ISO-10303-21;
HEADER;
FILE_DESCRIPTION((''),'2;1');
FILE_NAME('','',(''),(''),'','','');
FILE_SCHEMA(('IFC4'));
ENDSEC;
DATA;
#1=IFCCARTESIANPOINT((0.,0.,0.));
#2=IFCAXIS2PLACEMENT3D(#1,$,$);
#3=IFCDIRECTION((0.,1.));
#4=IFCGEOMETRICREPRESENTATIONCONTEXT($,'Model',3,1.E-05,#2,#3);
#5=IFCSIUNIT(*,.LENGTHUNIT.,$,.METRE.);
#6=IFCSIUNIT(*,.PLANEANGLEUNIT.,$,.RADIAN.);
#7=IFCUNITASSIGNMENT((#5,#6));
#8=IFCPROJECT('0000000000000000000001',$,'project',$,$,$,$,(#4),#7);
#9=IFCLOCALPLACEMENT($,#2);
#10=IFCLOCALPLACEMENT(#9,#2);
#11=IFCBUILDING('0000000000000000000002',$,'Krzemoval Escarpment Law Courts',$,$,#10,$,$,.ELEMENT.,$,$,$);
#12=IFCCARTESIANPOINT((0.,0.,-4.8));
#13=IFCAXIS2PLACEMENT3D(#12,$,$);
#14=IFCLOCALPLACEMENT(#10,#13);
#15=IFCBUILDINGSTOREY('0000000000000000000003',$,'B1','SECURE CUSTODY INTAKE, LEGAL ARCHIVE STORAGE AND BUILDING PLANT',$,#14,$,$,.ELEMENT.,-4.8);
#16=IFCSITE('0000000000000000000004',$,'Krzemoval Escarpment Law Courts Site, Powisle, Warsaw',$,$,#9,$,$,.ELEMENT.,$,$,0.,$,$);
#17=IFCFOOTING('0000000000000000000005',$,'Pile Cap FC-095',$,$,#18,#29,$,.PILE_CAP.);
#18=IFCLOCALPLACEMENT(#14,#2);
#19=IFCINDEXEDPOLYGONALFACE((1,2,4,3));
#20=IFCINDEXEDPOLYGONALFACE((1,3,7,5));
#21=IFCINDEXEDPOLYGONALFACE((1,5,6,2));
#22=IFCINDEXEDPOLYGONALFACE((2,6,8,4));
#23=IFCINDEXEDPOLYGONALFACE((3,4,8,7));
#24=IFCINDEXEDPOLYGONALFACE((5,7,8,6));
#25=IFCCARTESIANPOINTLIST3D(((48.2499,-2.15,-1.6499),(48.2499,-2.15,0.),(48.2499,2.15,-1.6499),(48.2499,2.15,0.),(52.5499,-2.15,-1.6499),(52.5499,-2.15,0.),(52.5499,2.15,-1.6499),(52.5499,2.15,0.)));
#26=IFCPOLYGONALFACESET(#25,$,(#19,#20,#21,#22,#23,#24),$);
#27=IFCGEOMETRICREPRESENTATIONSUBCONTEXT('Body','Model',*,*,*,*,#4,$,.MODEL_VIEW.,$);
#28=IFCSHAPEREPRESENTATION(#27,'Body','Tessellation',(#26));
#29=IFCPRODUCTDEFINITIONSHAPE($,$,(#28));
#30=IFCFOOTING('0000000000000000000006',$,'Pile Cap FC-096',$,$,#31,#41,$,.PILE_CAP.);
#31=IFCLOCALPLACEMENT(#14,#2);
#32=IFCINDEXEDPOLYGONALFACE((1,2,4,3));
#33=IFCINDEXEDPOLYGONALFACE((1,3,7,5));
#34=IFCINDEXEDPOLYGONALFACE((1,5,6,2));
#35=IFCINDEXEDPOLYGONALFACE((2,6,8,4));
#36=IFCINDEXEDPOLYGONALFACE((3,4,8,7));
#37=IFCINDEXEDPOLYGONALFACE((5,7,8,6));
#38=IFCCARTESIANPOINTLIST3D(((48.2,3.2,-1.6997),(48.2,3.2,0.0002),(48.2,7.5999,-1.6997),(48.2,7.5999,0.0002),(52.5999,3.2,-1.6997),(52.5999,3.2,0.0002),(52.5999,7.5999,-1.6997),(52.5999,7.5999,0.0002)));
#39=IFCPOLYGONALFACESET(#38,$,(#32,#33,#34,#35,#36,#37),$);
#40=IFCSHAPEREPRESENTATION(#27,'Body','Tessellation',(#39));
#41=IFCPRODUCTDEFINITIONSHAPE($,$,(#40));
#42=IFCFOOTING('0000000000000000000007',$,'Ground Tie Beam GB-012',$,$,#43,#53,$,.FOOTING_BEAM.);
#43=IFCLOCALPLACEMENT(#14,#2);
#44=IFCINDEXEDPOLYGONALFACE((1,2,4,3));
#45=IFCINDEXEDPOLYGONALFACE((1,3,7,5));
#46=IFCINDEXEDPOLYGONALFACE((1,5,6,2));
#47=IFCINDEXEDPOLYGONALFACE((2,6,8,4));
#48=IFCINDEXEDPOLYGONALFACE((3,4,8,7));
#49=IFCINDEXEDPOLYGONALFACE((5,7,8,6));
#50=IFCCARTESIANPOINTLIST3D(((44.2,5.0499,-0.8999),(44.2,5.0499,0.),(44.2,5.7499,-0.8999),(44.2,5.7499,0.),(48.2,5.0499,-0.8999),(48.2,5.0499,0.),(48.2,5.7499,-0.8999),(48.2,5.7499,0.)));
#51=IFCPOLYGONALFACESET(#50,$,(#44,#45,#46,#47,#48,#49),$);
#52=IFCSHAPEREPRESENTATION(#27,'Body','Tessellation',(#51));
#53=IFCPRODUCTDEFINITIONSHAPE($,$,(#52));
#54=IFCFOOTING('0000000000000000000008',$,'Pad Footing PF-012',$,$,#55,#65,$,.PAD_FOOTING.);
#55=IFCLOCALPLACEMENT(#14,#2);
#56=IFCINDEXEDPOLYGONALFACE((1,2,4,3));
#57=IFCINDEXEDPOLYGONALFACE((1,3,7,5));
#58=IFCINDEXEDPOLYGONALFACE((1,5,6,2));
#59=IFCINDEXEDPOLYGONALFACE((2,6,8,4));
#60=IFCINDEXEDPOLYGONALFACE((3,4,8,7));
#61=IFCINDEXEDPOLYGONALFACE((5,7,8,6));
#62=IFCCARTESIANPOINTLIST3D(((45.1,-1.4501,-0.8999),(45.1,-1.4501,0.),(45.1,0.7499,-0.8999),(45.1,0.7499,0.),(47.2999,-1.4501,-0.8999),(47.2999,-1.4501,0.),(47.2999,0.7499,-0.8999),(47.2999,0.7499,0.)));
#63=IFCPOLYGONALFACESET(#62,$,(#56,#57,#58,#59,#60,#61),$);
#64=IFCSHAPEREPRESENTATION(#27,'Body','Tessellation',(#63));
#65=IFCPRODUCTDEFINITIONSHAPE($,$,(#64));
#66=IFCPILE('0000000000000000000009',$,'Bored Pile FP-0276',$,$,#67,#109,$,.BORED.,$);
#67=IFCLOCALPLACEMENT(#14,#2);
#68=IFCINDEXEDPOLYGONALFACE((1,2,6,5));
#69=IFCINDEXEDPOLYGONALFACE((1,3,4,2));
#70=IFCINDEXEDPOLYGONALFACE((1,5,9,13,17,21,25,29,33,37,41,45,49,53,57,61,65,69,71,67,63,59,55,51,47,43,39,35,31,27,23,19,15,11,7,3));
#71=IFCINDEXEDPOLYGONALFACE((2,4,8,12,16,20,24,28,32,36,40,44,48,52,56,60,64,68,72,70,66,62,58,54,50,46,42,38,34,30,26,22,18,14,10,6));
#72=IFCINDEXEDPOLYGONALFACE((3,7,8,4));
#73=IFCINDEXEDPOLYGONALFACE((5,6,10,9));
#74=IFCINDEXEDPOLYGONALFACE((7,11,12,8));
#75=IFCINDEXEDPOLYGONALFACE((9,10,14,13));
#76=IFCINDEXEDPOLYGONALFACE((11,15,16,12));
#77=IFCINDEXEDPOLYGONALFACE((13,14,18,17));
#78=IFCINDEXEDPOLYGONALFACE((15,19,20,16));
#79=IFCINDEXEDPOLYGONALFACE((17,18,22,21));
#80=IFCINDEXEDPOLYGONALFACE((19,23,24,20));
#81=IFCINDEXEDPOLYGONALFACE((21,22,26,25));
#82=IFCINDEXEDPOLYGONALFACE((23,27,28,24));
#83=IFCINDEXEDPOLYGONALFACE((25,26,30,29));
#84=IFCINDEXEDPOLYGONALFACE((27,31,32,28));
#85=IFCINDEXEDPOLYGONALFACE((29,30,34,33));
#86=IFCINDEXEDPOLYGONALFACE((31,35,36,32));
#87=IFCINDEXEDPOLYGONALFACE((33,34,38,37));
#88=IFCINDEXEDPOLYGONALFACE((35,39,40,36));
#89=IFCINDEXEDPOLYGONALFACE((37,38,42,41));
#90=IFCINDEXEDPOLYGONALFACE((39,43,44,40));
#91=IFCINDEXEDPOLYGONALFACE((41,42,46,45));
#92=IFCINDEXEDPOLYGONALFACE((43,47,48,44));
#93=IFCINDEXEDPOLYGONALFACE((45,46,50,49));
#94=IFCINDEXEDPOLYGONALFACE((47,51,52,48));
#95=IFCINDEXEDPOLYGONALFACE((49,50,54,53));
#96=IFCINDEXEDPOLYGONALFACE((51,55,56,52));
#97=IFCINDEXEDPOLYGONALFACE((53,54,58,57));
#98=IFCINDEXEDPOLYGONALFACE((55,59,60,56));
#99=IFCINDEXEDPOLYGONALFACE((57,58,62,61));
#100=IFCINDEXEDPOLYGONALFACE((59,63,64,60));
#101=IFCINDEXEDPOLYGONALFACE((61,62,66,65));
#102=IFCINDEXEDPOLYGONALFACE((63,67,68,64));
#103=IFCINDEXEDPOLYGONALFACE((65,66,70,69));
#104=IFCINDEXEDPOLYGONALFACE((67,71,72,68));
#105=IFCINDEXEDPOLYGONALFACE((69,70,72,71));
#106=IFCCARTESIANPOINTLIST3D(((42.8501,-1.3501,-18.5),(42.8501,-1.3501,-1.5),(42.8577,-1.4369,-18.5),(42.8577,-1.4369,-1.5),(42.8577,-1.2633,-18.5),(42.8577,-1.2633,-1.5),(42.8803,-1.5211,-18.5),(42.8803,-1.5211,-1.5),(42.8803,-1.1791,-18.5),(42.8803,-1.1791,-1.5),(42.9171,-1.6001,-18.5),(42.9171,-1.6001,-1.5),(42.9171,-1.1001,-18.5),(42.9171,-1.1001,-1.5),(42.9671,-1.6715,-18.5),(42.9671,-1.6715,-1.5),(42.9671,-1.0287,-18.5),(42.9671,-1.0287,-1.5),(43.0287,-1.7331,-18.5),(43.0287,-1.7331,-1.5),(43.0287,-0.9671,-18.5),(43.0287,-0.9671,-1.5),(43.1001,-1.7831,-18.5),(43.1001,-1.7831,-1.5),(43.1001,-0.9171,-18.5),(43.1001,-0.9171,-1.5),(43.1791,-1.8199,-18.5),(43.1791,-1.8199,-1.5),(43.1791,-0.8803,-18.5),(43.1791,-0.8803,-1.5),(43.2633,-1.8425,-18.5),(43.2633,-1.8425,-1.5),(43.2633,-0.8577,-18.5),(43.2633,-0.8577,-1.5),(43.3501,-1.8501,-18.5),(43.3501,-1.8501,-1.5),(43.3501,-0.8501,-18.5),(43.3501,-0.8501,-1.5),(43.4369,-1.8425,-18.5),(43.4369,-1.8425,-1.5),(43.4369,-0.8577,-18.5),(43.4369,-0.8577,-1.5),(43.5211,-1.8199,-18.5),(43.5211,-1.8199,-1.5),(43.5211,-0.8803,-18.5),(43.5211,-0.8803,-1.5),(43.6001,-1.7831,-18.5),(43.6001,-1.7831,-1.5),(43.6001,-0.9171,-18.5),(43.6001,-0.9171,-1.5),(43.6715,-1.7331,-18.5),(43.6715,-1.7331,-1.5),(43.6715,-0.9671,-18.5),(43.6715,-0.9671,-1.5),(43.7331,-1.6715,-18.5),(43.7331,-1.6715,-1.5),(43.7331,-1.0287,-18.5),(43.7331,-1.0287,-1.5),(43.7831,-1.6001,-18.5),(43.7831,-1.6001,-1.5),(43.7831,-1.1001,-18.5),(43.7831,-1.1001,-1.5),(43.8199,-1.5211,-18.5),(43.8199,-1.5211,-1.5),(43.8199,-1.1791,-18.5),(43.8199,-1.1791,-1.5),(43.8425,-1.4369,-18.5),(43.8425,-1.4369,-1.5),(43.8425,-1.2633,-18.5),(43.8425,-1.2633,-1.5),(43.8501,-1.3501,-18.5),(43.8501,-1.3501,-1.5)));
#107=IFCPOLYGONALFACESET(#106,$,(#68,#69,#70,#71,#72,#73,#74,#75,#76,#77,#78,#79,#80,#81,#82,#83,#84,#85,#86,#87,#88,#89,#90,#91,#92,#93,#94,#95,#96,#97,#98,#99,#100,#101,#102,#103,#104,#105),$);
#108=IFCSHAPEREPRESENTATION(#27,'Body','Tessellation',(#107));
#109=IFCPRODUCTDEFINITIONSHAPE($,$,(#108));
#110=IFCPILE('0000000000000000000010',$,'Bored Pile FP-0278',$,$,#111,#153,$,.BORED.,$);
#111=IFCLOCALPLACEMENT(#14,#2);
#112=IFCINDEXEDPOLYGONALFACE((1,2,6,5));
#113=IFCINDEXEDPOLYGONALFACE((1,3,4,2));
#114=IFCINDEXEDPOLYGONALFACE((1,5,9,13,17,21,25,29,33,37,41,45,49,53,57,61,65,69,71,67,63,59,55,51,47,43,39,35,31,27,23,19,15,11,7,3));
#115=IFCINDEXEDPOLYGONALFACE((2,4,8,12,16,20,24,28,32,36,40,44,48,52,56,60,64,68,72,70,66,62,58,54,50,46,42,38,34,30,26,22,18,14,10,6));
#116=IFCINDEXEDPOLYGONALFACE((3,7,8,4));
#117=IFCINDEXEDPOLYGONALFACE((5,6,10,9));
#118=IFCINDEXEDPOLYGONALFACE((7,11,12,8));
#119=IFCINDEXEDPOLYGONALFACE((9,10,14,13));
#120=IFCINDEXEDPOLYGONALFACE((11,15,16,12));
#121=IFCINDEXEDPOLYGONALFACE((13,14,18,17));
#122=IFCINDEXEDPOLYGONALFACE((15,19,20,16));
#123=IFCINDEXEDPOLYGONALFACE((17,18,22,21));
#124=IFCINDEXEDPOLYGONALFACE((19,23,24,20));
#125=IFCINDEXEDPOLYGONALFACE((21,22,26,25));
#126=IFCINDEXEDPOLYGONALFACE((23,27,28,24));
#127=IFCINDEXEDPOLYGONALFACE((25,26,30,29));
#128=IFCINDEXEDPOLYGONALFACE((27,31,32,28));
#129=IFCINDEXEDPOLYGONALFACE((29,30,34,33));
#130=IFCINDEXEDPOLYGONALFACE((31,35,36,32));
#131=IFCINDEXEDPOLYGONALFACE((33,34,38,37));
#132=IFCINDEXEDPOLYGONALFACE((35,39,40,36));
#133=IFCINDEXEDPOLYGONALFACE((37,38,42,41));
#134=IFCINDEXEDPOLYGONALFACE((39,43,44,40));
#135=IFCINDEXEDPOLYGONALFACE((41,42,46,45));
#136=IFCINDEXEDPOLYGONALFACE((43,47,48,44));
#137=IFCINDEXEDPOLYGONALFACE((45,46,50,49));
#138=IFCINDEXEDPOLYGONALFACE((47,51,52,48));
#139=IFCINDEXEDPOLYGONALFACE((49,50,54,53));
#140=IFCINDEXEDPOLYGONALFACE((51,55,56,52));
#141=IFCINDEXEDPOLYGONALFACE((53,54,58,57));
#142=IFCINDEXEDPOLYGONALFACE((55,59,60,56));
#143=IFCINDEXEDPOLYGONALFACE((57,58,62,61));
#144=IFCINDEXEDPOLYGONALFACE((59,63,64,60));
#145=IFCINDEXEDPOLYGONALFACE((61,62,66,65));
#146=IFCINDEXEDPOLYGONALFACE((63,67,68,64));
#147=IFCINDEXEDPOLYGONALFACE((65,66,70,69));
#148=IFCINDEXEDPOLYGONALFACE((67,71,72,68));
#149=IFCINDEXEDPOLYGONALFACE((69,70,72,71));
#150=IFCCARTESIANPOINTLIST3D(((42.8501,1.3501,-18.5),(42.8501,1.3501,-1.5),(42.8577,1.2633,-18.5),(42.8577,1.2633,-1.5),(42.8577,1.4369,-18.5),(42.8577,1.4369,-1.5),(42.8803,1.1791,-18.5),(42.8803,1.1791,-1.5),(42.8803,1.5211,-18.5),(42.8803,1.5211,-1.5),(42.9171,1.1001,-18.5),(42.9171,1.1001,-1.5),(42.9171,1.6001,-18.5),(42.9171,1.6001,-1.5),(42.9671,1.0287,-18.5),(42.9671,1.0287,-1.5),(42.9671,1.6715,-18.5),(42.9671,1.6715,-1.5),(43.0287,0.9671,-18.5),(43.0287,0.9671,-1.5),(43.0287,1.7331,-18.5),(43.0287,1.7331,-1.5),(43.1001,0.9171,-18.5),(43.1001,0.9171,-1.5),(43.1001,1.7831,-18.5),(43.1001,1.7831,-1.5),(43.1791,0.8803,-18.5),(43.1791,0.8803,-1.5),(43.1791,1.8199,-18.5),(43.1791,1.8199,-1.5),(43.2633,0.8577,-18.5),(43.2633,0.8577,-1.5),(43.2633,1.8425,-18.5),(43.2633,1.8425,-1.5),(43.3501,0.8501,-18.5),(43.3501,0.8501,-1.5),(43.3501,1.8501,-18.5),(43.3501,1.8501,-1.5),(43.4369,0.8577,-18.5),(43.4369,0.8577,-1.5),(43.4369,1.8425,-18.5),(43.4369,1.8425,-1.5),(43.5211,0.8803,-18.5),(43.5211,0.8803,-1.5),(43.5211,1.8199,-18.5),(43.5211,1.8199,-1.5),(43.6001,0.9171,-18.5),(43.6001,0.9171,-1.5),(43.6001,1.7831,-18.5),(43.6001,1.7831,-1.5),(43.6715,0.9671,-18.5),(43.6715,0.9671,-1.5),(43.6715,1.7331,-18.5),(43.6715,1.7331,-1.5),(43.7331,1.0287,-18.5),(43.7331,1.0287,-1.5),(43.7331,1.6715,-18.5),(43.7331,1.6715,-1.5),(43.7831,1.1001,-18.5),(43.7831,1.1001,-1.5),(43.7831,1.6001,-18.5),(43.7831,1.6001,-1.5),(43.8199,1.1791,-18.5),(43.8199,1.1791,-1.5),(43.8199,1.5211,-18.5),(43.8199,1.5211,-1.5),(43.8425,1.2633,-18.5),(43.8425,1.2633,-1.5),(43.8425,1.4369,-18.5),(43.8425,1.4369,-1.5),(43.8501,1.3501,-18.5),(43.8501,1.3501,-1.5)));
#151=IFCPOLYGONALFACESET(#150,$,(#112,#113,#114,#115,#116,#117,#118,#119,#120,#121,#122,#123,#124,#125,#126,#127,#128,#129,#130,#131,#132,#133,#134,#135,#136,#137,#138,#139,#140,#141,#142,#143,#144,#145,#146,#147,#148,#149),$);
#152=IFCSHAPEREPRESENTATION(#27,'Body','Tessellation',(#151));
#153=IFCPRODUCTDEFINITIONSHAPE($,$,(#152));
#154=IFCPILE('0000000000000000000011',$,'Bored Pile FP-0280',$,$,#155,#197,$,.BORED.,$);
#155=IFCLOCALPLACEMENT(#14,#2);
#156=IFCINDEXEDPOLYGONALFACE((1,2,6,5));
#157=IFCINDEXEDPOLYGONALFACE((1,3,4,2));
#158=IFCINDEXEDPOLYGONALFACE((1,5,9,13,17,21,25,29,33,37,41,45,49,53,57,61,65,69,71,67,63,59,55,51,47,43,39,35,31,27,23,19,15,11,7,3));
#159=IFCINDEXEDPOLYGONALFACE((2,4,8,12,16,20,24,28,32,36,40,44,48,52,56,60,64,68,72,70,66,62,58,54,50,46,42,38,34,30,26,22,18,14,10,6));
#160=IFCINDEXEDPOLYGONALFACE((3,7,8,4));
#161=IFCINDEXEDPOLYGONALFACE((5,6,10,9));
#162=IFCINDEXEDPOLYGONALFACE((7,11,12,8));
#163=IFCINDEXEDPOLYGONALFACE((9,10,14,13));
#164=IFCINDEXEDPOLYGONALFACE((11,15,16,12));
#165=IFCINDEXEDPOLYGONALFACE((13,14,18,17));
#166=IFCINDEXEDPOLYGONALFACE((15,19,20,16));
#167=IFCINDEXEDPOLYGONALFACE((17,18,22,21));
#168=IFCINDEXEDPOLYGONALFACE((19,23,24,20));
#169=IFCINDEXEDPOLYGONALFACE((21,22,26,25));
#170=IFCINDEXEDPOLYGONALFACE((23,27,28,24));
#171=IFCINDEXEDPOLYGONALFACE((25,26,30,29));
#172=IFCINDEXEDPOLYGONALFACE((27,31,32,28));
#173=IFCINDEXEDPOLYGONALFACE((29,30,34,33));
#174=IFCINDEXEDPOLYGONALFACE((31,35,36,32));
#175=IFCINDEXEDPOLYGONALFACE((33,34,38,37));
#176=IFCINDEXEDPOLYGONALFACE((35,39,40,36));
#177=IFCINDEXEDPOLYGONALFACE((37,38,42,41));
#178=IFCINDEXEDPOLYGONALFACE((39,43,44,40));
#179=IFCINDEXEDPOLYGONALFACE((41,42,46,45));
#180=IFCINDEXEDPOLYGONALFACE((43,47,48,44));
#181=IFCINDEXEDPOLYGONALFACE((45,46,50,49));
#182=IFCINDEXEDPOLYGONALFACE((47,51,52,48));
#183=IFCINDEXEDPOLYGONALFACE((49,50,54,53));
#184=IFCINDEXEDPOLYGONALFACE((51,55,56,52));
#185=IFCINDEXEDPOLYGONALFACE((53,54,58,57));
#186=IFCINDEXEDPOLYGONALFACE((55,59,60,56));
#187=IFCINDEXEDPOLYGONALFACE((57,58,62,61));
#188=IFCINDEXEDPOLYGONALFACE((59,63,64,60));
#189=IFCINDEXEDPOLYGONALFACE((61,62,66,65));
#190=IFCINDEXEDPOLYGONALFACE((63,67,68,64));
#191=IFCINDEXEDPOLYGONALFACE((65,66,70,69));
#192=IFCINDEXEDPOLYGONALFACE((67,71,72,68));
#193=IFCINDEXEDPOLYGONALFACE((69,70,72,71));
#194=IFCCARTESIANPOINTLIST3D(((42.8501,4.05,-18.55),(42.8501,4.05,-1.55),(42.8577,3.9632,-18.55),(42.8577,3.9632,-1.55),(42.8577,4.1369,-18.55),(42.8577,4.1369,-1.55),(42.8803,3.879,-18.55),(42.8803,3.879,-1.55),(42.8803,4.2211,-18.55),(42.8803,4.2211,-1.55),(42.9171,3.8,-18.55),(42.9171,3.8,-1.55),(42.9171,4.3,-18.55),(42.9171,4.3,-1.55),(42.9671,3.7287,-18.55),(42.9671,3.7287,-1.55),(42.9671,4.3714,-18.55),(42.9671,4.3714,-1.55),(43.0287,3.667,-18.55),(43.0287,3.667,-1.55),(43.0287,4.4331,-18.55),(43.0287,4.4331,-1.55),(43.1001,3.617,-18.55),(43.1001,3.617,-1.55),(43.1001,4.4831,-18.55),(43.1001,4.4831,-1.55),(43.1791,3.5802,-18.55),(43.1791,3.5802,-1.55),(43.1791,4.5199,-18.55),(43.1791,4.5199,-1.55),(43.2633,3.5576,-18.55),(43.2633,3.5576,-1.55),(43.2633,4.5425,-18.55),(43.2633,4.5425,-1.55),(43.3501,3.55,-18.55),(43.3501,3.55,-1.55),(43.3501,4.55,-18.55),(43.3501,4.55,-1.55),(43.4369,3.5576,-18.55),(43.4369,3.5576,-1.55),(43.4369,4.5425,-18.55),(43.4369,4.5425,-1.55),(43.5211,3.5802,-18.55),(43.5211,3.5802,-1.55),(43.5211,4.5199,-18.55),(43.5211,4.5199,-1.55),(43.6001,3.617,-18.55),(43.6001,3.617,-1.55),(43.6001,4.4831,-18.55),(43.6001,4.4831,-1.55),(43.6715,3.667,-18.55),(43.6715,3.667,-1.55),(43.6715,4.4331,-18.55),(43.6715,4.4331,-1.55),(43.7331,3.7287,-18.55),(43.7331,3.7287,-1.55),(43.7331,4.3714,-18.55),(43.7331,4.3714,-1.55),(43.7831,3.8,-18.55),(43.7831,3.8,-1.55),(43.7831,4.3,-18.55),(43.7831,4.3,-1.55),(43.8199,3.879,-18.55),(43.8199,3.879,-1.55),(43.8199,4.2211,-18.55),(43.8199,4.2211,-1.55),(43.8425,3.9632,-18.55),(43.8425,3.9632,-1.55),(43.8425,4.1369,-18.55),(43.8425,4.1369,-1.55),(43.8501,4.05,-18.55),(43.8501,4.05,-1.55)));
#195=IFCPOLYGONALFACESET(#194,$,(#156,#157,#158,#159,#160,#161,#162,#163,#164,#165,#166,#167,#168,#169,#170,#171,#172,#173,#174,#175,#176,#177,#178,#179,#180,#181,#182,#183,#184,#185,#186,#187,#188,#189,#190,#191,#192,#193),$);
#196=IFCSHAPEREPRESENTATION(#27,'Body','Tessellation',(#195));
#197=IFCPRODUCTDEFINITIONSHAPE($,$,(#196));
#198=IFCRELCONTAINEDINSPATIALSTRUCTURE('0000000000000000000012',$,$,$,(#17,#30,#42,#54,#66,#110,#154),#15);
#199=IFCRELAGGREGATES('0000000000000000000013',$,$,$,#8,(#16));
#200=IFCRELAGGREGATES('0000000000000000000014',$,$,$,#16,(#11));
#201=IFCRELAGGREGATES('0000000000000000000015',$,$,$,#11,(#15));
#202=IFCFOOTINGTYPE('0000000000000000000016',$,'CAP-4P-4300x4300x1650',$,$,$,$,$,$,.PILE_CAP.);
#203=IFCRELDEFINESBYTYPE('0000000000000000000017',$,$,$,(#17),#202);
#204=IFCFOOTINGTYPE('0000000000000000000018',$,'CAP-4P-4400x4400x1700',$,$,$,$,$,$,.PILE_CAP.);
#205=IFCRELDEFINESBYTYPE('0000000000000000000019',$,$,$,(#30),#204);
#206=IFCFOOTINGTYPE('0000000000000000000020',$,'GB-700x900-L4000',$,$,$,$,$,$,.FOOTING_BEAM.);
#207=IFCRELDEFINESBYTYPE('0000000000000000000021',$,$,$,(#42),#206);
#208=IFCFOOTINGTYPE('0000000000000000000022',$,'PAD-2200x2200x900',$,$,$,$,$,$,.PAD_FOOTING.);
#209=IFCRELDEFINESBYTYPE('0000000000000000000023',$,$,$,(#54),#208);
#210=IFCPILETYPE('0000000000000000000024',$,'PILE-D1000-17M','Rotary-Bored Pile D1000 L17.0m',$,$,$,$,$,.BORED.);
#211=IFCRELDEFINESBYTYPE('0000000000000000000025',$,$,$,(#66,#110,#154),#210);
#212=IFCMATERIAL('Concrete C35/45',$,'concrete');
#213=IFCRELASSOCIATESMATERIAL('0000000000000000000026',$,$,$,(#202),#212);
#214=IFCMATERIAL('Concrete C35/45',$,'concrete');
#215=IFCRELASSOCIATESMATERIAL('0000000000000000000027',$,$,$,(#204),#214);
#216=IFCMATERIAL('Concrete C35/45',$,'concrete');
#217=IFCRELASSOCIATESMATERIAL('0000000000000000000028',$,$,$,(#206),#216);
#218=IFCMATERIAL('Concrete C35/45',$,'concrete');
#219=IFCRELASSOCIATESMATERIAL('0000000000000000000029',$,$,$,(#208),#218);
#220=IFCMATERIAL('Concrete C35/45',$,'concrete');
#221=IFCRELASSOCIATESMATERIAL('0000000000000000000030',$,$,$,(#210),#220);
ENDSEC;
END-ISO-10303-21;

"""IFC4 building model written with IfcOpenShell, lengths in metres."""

from ifc_helpers import new_model, si_unit, direction, frame, origin, origin_2d, place, context, subcontext, project, spatial, rectangle, circle, extrude, material, material_profile, profile_set, type_object, element, save


model = new_model("IFC4")

# Units and contexts
model_context = context("Model", 3, precision=1e-05, world=origin(), true_north=direction((0.0, 1.0)))
body_context = subcontext(model_context, "Body", "Model", "MODEL_VIEW")
ifc_project = project(units=[si_unit("LENGTHUNIT", "METRE"), si_unit("PLANEANGLEUNIT", "RADIAN")], contexts=[model_context])

# Site, building, storey
site_placement = place(None, origin())
site = spatial("IfcSite", under=ifc_project, at=site_placement, Name="Krzemoval Escarpment Law Courts Site, Powisle, Warsaw", CompositionType="ELEMENT", RefElevation=0.0)
building_placement = place(site_placement, origin())
building = spatial("IfcBuilding", under=site, at=building_placement, Name="Krzemoval Escarpment Law Courts", CompositionType="ELEMENT")
storey_placement = place(building_placement, frame((0.0, 0.0, -4.8)))
storey = spatial("IfcBuildingStorey", under=building, at=storey_placement, Name="B1", Description="SECURE CUSTODY INTAKE, LEGAL ARCHIVE STORAGE AND BUILDING PLANT", CompositionType="ELEMENT", Elevation=-4.8)

# Footings
ifc_material_1 = material(Name="Concrete C35/45", Category="concrete")
footing_type_1 = type_object("IfcFootingType", Name="CAP-4P-4300x4300x1650", PredefinedType="PILE_CAP", material=ifc_material_1)
footing_1_placement = place(storey_placement, frame((50.3999, 0.0, -1.6499), z_axis=(0.0, 0.0, 1.0), x_axis=(1.0, 0.0, 0.0)))
element("IfcFooting", 1, at=footing_1_placement, inside=storey, type_object=footing_type_1, Name="Pile Cap FC-095", PredefinedType="PILE_CAP", context=body_context, shape_type="SweptSolid", body=[
    extrude(rectangle(XDim=4.3, YDim=4.3, at=origin_2d()), origin(), (0.0, 0.0, 1.0), 1.6499),
])
ifc_material_2 = material(Name="Concrete C35/45", Category="concrete")
footing_type_2 = type_object("IfcFootingType", Name="CAP-4P-4400x4400x1700", PredefinedType="PILE_CAP", material=ifc_material_2)
footing_2_placement = place(storey_placement, frame((50.3999, 5.3999, -1.6997), z_axis=(0.0, 0.0, 1.0), x_axis=(1.0, 0.0, 0.0)))
element("IfcFooting", 2, at=footing_2_placement, inside=storey, type_object=footing_type_2, Name="Pile Cap FC-096", PredefinedType="PILE_CAP", context=body_context, shape_type="SweptSolid", body=[
    extrude(rectangle(XDim=4.3999, YDim=4.3999, at=origin_2d()), origin(), (0.0, 0.0, 1.0), 1.7),
])
ifc_material_3 = material(Name="Concrete C35/45", Category="concrete")
footing_type_3 = type_object("IfcFootingType", Name="GB-700x900-L4000", PredefinedType="FOOTING_BEAM", material=ifc_material_3)
footing_3_placement = place(storey_placement, frame((46.2, 5.3999, -0.8999), z_axis=(0.0, 0.0, 1.0), x_axis=(1.0, 0.0, 0.0)))
element("IfcFooting", 3, at=footing_3_placement, inside=storey, type_object=footing_type_3, Name="Ground Tie Beam GB-012", PredefinedType="FOOTING_BEAM", context=body_context, shape_type="SweptSolid", body=[
    extrude(rectangle(XDim=4.0, YDim=0.7, at=origin_2d()), origin(), (0.0, 0.0, 1.0), 0.8999),
])
ifc_material_4 = material(Name="Concrete C35/45", Category="concrete")
footing_type_4 = type_object("IfcFootingType", Name="PAD-2200x2200x900", PredefinedType="PAD_FOOTING", material=ifc_material_4)
footing_4_placement = place(storey_placement, frame((46.2, -0.3501, -0.8999), z_axis=(0.0, 0.0, 1.0), x_axis=(1.0, 0.0, 0.0)))
element("IfcFooting", 4, at=footing_4_placement, inside=storey, type_object=footing_type_4, Name="Pad Footing PF-012", PredefinedType="PAD_FOOTING", context=body_context, shape_type="SweptSolid", body=[
    extrude(rectangle(XDim=2.2, YDim=2.2, at=origin_2d()), origin(), (0.0, 0.0, 1.0), 0.8999),
])

# Piles
ifc_material_5 = material(Name="Concrete C35/45", Category="concrete")
ifc_material_profile_1 = material_profile(ifc_material_5, circle(Radius=0.5, at=origin_2d()), Name="PILE D1000")
ifc_profile_set_1 = profile_set([ifc_material_profile_1], Name="Concrete C35/45")
pile_type = type_object("IfcPileType", Name="PILE-D1000-17M", Description="Rotary-Bored Pile D1000 L17.0m", PredefinedType="BORED", material=ifc_profile_set_1)
for number, where, z_axis, x_axis, name in (
    (5, (43.3501, -1.3501, -1.5), (0.0, 0.0, -1.0), (1.0, 0.0, 0.0), "Bored Pile FP-0276"),
    (6, (43.3501, 1.3501, -1.5), (0.0, 0.0, -1.0), (1.0, 0.0, 0.0), "Bored Pile FP-0278"),
    (7, (43.3501, 4.05, -1.55), (0.0, 0.0, -1.0), (1.0, 0.0, 0.0), "Bored Pile FP-0280"),
):
    element("IfcPile", number, at=place(storey_placement, frame(where, z_axis=z_axis, x_axis=x_axis)), inside=storey, type_object=pile_type, Name=name, PredefinedType="BORED", context=body_context, shape_type="SweptSolid", body=[
        extrude(circle(Radius=0.5, at=origin_2d()), origin(), (0.0, 0.0, 1.0), 17.0),
    ])

save(model, "model.ifc")
